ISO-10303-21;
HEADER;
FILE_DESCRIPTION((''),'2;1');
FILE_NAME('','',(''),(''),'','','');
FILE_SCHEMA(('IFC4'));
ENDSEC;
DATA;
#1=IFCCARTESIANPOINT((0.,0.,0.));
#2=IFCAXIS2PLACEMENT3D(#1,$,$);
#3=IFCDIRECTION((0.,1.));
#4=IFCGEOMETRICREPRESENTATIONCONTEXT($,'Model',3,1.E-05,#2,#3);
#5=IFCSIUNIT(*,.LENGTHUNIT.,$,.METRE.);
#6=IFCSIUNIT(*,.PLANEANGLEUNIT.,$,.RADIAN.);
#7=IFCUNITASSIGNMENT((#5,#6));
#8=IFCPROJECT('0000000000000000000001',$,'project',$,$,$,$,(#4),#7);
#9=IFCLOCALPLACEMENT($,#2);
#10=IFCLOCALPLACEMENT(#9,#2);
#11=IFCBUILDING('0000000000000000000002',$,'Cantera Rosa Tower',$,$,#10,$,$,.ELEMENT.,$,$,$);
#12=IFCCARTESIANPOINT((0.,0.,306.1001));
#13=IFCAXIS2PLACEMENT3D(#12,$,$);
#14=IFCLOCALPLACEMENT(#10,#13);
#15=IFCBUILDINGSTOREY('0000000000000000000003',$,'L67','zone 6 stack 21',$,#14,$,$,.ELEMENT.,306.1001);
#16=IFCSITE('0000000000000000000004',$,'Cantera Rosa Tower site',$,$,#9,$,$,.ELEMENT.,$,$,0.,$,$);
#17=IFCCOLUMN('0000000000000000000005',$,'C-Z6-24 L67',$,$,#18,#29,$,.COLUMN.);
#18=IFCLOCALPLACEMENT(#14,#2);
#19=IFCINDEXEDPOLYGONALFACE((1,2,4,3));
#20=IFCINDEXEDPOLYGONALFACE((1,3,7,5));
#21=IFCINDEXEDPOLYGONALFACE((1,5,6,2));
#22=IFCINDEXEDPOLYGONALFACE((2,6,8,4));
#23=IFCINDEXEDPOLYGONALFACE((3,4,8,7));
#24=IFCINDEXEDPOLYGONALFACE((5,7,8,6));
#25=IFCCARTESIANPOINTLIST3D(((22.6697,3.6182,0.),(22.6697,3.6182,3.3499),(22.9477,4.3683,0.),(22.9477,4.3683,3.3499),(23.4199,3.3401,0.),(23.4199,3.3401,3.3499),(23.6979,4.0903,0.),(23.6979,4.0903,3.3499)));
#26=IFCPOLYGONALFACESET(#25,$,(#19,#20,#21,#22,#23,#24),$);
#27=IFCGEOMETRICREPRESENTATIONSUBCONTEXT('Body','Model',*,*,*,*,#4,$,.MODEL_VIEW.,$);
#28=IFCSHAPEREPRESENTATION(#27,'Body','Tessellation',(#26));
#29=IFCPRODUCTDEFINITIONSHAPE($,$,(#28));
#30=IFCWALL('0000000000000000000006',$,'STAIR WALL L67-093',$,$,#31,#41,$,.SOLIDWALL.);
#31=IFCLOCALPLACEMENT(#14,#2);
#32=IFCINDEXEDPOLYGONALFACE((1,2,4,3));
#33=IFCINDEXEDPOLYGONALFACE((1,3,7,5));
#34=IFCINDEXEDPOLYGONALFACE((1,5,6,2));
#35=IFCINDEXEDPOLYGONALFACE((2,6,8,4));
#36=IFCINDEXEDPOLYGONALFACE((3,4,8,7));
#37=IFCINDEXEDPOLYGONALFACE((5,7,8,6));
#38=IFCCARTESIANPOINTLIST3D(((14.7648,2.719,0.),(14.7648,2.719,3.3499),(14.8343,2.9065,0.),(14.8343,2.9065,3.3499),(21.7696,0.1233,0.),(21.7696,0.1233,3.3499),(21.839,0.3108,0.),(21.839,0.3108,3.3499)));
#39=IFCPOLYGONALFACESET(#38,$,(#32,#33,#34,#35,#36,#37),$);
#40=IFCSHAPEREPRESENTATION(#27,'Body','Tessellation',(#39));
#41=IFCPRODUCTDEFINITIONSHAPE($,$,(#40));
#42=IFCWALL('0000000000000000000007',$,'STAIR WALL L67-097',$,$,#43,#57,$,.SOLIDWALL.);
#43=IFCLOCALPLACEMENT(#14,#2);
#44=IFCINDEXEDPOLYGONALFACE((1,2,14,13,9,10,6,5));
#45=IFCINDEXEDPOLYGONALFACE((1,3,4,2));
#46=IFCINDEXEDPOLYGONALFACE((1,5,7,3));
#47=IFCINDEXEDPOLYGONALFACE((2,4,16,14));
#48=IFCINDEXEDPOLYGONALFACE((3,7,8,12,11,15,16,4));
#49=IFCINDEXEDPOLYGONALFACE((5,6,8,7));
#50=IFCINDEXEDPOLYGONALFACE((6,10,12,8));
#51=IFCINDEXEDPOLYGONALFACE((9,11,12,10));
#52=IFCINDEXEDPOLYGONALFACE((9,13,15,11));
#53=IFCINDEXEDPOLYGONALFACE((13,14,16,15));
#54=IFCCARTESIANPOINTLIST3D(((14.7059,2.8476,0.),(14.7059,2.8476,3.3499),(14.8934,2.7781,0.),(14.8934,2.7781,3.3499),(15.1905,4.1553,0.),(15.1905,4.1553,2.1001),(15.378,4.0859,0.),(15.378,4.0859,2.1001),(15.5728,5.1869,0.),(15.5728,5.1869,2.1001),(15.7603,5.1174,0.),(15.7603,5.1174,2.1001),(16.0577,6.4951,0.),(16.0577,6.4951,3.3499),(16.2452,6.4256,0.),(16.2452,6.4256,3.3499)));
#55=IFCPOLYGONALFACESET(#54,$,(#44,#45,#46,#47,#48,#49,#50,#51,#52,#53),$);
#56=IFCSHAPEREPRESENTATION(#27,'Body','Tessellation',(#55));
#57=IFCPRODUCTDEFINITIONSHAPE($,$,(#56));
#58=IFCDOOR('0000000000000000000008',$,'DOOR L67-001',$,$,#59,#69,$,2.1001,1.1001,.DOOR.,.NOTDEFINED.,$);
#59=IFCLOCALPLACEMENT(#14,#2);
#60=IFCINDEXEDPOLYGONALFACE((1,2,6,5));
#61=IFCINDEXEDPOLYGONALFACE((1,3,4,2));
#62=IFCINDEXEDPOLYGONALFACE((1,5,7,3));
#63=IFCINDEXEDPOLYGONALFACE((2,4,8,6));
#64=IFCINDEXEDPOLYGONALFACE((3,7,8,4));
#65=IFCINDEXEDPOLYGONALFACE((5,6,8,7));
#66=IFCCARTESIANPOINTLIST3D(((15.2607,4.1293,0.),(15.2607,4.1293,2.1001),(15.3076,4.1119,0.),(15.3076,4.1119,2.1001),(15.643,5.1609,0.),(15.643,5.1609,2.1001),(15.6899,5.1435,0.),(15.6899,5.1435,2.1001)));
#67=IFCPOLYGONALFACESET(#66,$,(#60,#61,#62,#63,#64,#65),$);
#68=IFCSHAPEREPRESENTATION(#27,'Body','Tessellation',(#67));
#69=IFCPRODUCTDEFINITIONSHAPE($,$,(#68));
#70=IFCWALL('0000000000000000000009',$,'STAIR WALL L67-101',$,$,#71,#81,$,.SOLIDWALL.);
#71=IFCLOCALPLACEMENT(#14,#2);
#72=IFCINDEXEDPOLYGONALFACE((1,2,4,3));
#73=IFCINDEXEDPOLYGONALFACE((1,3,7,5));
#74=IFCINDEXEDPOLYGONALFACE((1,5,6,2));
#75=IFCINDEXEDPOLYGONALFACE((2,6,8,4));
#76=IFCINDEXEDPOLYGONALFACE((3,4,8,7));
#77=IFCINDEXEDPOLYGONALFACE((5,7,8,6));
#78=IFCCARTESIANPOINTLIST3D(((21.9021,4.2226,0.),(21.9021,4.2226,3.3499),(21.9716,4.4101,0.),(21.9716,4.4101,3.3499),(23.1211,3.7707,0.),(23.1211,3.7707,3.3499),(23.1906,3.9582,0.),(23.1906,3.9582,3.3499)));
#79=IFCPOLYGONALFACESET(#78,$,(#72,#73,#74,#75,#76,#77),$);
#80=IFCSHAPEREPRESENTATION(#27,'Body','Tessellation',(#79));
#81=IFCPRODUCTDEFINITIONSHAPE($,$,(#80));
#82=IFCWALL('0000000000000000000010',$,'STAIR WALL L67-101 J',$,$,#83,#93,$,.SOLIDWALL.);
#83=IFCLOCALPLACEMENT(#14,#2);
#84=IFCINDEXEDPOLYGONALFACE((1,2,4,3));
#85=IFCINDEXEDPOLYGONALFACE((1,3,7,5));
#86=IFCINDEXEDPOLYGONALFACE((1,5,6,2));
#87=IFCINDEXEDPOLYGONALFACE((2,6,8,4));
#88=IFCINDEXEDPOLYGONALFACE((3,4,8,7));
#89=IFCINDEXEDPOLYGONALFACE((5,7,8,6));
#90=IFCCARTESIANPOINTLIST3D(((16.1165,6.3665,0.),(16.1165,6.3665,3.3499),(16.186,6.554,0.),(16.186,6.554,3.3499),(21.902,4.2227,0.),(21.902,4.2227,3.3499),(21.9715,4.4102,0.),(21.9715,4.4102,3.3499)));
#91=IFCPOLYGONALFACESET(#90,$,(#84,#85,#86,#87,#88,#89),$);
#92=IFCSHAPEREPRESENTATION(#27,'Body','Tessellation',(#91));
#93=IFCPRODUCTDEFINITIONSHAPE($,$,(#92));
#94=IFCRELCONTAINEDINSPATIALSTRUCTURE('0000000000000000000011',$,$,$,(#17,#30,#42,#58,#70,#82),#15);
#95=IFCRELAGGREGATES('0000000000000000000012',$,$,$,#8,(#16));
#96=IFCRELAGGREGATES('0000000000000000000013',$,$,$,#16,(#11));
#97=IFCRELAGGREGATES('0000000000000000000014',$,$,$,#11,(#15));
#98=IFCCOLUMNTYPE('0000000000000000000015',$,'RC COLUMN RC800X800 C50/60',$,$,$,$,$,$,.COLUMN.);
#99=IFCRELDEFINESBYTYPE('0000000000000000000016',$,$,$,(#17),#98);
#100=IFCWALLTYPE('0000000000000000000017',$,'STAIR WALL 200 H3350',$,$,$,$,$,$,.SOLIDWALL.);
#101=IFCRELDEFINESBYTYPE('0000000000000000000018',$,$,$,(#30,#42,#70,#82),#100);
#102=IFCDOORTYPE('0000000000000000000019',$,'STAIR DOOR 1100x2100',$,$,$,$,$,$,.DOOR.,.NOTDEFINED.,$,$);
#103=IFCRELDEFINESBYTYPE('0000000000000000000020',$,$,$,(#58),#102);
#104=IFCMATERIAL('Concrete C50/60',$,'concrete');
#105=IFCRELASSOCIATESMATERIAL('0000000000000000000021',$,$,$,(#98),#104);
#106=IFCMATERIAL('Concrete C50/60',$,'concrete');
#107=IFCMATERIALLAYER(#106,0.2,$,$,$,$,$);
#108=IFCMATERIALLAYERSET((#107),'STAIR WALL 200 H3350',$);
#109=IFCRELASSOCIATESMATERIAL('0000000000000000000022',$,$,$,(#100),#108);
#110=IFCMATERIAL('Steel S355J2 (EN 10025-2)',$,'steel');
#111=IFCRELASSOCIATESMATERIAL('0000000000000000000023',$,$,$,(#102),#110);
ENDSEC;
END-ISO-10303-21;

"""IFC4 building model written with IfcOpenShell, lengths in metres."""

from ifc_helpers import new_model, si_unit, direction, frame, frame_2d, origin, origin_2d, place, context, subcontext, project, spatial, rectangle, extrude, material, layer, layer_set, material_profile, profile_set, type_object, element, fill, save


model = new_model("IFC4")

# Units and contexts
model_context = context("Model", 3, precision=1e-05, world=origin(), true_north=direction((0.0, 1.0)))
body_context = subcontext(model_context, "Body", "Model", "MODEL_VIEW")
ifc_project = project(units=[si_unit("LENGTHUNIT", "METRE"), si_unit("PLANEANGLEUNIT", "RADIAN")], contexts=[model_context])

# Site, building, storey
site_placement = place(None, origin())
site = spatial("IfcSite", under=ifc_project, at=site_placement, Name="Cantera Rosa Tower site", CompositionType="ELEMENT", RefElevation=0.0)
building_placement = place(site_placement, origin())
building = spatial("IfcBuilding", under=site, at=building_placement, Name="Cantera Rosa Tower", CompositionType="ELEMENT")
storey_placement = place(building_placement, frame((0.0, 0.0, 306.1001)))
storey = spatial("IfcBuildingStorey", under=building, at=storey_placement, Name="L67", Description="zone 6 stack 21", CompositionType="ELEMENT", Elevation=306.1001)

# Column
ifc_material_1 = material(Name="Concrete C50/60", Category="concrete")
ifc_material_profile = material_profile(ifc_material_1, rectangle(XDim=0.8, YDim=0.8, at=origin_2d()), Name="RC COLUMN RC800X800 C50/60")
ifc_profile_set = profile_set([ifc_material_profile], Name="Concrete C50/60")
column_type = type_object("IfcColumnType", Name="RC COLUMN RC800X800 C50/60", PredefinedType="COLUMN", material=ifc_profile_set)
column_placement = place(storey_placement, frame((23.1838, 3.8542, 0.0), z_axis=(0.0, 0.0, 1.0), x_axis=(0.347481, 0.937687, 0.0)))
element("IfcColumn", 1, at=column_placement, inside=storey, type_object=column_type, Name="C-Z6-24 L67", PredefinedType="COLUMN", context=body_context, shape_type="SweptSolid", body=[
    extrude(rectangle(XDim=0.8, YDim=0.8, at=origin_2d()), origin(), (0.0, 0.0, 1.0), 3.3499),
])

# Wall
ifc_material_2 = material(Name="Concrete C50/60", Category="concrete")
ifc_layer_1 = layer(ifc_material_2, 0.2)
ifc_layer_set_1 = layer_set([ifc_layer_1], Name="STAIR WALL 200 H3350")
wall_type_1 = type_object("IfcWallType", Name="STAIR WALL 200 H3350", PredefinedType="SOLIDWALL", material=ifc_layer_set_1)
wall_1_placement = place(storey_placement, frame((14.7996, 2.8127, 0.0), z_axis=(0.0, 0.0, 1.0), x_axis=(0.937688, -0.347478, 0.0)))
element("IfcWall", 2, at=wall_1_placement, inside=storey, type_object=wall_type_1, Name="STAIR WALL L67-093", PredefinedType="SOLIDWALL", context=body_context, shape_type="SweptSolid", body=[
    extrude(rectangle(XDim=7.4702, YDim=0.2, at=frame_2d((3.7351, 0.0))), origin(), (0.0, 0.0, 1.0), 3.3499),
])

# Wall, opening, door
wall_2_placement = place(storey_placement, frame((16.1514, 6.4602, 0.0), z_axis=(0.0, 0.0, 1.0), x_axis=(-0.347517, -0.937674, 0.0)))
wall_2 = element("IfcWall", 3, at=wall_2_placement, inside=storey, type_object=wall_type_1, Name="STAIR WALL L67-097", PredefinedType="SOLIDWALL", context=body_context, shape_type="SweptSolid", body=[
    extrude(rectangle(XDim=3.8899, YDim=0.2, at=frame_2d((1.9448, 0.0))), origin(), (0.0, 0.0, 1.0), 3.3499),
])
opening_1_placement = place(wall_2_placement, frame((1.395, 0.0, 0.0)))
opening_1 = element("IfcOpeningElement", 4, at=opening_1_placement, cuts=wall_2, PredefinedType="OPENING", context=body_context, shape_type="SweptSolid", body=[
    extrude(rectangle(XDim=1.1001, YDim=2.1001, at=frame_2d((0.55, 1.05))), frame((0.0, 0.1099, 0.0), z_axis=(0.0, -1.0, 0.0), x_axis=(1.0, 0.0, 0.0)), (0.0, 0.0, 1.0), 0.22),
])
ifc_material_3 = material(Name="Steel S355J2 (EN 10025-2)", Category="steel")
door_type_1 = type_object("IfcDoorType", Name="STAIR DOOR 1100x2100", OperationType="NOTDEFINED", PredefinedType="DOOR", material=ifc_material_3)
door_1_placement = place(opening_1_placement, origin())
door_1 = element("IfcDoor", 5, at=door_1_placement, inside=storey, type_object=door_type_1, Name="DOOR L67-001", OperationType="NOTDEFINED", OverallHeight=2.1001, OverallWidth=1.1001, PredefinedType="DOOR", context=body_context, shape_type="SweptSolid", body=[
    extrude(rectangle(XDim=1.1001, YDim=2.1001, at=frame_2d((0.55, 1.05))), frame((0.0, 0.0249, 0.0), z_axis=(0.0, -1.0, 0.0), x_axis=(1.0, 0.0, 0.0)), (0.0, 0.0, 1.0), 0.05),
])
fill(opening_1, door_1)

# Walls
wall_3_placement = place(storey_placement, frame((23.1558, 3.8645, 0.0), z_axis=(0.0, 0.0, 1.0), x_axis=(-0.937642, 0.347602, 0.0)))
element("IfcWall", 6, at=wall_3_placement, inside=storey, type_object=wall_type_1, Name="STAIR WALL L67-101", PredefinedType="SOLIDWALL", context=body_context, shape_type="SweptSolid", body=[
    extrude(rectangle(XDim=1.3, YDim=0.2, at=frame_2d((0.6499, 0.0))), origin(), (0.0, 0.0, 1.0), 3.3499),
])
wall_4_placement = place(storey_placement, frame((21.9368, 4.3164, 0.0), z_axis=(0.0, 0.0, 1.0), x_axis=(-0.937693, 0.347465, 0.0)))
element("IfcWall", 7, at=wall_4_placement, inside=storey, type_object=wall_type_1, Name="STAIR WALL L67-101 J", PredefinedType="SOLIDWALL", context=body_context, shape_type="SweptSolid", body=[
    extrude(rectangle(XDim=6.1699, YDim=0.2, at=frame_2d((3.085, 0.0))), origin(), (0.0, 0.0, 1.0), 3.3499),
])

save(model, "model.ifc")
